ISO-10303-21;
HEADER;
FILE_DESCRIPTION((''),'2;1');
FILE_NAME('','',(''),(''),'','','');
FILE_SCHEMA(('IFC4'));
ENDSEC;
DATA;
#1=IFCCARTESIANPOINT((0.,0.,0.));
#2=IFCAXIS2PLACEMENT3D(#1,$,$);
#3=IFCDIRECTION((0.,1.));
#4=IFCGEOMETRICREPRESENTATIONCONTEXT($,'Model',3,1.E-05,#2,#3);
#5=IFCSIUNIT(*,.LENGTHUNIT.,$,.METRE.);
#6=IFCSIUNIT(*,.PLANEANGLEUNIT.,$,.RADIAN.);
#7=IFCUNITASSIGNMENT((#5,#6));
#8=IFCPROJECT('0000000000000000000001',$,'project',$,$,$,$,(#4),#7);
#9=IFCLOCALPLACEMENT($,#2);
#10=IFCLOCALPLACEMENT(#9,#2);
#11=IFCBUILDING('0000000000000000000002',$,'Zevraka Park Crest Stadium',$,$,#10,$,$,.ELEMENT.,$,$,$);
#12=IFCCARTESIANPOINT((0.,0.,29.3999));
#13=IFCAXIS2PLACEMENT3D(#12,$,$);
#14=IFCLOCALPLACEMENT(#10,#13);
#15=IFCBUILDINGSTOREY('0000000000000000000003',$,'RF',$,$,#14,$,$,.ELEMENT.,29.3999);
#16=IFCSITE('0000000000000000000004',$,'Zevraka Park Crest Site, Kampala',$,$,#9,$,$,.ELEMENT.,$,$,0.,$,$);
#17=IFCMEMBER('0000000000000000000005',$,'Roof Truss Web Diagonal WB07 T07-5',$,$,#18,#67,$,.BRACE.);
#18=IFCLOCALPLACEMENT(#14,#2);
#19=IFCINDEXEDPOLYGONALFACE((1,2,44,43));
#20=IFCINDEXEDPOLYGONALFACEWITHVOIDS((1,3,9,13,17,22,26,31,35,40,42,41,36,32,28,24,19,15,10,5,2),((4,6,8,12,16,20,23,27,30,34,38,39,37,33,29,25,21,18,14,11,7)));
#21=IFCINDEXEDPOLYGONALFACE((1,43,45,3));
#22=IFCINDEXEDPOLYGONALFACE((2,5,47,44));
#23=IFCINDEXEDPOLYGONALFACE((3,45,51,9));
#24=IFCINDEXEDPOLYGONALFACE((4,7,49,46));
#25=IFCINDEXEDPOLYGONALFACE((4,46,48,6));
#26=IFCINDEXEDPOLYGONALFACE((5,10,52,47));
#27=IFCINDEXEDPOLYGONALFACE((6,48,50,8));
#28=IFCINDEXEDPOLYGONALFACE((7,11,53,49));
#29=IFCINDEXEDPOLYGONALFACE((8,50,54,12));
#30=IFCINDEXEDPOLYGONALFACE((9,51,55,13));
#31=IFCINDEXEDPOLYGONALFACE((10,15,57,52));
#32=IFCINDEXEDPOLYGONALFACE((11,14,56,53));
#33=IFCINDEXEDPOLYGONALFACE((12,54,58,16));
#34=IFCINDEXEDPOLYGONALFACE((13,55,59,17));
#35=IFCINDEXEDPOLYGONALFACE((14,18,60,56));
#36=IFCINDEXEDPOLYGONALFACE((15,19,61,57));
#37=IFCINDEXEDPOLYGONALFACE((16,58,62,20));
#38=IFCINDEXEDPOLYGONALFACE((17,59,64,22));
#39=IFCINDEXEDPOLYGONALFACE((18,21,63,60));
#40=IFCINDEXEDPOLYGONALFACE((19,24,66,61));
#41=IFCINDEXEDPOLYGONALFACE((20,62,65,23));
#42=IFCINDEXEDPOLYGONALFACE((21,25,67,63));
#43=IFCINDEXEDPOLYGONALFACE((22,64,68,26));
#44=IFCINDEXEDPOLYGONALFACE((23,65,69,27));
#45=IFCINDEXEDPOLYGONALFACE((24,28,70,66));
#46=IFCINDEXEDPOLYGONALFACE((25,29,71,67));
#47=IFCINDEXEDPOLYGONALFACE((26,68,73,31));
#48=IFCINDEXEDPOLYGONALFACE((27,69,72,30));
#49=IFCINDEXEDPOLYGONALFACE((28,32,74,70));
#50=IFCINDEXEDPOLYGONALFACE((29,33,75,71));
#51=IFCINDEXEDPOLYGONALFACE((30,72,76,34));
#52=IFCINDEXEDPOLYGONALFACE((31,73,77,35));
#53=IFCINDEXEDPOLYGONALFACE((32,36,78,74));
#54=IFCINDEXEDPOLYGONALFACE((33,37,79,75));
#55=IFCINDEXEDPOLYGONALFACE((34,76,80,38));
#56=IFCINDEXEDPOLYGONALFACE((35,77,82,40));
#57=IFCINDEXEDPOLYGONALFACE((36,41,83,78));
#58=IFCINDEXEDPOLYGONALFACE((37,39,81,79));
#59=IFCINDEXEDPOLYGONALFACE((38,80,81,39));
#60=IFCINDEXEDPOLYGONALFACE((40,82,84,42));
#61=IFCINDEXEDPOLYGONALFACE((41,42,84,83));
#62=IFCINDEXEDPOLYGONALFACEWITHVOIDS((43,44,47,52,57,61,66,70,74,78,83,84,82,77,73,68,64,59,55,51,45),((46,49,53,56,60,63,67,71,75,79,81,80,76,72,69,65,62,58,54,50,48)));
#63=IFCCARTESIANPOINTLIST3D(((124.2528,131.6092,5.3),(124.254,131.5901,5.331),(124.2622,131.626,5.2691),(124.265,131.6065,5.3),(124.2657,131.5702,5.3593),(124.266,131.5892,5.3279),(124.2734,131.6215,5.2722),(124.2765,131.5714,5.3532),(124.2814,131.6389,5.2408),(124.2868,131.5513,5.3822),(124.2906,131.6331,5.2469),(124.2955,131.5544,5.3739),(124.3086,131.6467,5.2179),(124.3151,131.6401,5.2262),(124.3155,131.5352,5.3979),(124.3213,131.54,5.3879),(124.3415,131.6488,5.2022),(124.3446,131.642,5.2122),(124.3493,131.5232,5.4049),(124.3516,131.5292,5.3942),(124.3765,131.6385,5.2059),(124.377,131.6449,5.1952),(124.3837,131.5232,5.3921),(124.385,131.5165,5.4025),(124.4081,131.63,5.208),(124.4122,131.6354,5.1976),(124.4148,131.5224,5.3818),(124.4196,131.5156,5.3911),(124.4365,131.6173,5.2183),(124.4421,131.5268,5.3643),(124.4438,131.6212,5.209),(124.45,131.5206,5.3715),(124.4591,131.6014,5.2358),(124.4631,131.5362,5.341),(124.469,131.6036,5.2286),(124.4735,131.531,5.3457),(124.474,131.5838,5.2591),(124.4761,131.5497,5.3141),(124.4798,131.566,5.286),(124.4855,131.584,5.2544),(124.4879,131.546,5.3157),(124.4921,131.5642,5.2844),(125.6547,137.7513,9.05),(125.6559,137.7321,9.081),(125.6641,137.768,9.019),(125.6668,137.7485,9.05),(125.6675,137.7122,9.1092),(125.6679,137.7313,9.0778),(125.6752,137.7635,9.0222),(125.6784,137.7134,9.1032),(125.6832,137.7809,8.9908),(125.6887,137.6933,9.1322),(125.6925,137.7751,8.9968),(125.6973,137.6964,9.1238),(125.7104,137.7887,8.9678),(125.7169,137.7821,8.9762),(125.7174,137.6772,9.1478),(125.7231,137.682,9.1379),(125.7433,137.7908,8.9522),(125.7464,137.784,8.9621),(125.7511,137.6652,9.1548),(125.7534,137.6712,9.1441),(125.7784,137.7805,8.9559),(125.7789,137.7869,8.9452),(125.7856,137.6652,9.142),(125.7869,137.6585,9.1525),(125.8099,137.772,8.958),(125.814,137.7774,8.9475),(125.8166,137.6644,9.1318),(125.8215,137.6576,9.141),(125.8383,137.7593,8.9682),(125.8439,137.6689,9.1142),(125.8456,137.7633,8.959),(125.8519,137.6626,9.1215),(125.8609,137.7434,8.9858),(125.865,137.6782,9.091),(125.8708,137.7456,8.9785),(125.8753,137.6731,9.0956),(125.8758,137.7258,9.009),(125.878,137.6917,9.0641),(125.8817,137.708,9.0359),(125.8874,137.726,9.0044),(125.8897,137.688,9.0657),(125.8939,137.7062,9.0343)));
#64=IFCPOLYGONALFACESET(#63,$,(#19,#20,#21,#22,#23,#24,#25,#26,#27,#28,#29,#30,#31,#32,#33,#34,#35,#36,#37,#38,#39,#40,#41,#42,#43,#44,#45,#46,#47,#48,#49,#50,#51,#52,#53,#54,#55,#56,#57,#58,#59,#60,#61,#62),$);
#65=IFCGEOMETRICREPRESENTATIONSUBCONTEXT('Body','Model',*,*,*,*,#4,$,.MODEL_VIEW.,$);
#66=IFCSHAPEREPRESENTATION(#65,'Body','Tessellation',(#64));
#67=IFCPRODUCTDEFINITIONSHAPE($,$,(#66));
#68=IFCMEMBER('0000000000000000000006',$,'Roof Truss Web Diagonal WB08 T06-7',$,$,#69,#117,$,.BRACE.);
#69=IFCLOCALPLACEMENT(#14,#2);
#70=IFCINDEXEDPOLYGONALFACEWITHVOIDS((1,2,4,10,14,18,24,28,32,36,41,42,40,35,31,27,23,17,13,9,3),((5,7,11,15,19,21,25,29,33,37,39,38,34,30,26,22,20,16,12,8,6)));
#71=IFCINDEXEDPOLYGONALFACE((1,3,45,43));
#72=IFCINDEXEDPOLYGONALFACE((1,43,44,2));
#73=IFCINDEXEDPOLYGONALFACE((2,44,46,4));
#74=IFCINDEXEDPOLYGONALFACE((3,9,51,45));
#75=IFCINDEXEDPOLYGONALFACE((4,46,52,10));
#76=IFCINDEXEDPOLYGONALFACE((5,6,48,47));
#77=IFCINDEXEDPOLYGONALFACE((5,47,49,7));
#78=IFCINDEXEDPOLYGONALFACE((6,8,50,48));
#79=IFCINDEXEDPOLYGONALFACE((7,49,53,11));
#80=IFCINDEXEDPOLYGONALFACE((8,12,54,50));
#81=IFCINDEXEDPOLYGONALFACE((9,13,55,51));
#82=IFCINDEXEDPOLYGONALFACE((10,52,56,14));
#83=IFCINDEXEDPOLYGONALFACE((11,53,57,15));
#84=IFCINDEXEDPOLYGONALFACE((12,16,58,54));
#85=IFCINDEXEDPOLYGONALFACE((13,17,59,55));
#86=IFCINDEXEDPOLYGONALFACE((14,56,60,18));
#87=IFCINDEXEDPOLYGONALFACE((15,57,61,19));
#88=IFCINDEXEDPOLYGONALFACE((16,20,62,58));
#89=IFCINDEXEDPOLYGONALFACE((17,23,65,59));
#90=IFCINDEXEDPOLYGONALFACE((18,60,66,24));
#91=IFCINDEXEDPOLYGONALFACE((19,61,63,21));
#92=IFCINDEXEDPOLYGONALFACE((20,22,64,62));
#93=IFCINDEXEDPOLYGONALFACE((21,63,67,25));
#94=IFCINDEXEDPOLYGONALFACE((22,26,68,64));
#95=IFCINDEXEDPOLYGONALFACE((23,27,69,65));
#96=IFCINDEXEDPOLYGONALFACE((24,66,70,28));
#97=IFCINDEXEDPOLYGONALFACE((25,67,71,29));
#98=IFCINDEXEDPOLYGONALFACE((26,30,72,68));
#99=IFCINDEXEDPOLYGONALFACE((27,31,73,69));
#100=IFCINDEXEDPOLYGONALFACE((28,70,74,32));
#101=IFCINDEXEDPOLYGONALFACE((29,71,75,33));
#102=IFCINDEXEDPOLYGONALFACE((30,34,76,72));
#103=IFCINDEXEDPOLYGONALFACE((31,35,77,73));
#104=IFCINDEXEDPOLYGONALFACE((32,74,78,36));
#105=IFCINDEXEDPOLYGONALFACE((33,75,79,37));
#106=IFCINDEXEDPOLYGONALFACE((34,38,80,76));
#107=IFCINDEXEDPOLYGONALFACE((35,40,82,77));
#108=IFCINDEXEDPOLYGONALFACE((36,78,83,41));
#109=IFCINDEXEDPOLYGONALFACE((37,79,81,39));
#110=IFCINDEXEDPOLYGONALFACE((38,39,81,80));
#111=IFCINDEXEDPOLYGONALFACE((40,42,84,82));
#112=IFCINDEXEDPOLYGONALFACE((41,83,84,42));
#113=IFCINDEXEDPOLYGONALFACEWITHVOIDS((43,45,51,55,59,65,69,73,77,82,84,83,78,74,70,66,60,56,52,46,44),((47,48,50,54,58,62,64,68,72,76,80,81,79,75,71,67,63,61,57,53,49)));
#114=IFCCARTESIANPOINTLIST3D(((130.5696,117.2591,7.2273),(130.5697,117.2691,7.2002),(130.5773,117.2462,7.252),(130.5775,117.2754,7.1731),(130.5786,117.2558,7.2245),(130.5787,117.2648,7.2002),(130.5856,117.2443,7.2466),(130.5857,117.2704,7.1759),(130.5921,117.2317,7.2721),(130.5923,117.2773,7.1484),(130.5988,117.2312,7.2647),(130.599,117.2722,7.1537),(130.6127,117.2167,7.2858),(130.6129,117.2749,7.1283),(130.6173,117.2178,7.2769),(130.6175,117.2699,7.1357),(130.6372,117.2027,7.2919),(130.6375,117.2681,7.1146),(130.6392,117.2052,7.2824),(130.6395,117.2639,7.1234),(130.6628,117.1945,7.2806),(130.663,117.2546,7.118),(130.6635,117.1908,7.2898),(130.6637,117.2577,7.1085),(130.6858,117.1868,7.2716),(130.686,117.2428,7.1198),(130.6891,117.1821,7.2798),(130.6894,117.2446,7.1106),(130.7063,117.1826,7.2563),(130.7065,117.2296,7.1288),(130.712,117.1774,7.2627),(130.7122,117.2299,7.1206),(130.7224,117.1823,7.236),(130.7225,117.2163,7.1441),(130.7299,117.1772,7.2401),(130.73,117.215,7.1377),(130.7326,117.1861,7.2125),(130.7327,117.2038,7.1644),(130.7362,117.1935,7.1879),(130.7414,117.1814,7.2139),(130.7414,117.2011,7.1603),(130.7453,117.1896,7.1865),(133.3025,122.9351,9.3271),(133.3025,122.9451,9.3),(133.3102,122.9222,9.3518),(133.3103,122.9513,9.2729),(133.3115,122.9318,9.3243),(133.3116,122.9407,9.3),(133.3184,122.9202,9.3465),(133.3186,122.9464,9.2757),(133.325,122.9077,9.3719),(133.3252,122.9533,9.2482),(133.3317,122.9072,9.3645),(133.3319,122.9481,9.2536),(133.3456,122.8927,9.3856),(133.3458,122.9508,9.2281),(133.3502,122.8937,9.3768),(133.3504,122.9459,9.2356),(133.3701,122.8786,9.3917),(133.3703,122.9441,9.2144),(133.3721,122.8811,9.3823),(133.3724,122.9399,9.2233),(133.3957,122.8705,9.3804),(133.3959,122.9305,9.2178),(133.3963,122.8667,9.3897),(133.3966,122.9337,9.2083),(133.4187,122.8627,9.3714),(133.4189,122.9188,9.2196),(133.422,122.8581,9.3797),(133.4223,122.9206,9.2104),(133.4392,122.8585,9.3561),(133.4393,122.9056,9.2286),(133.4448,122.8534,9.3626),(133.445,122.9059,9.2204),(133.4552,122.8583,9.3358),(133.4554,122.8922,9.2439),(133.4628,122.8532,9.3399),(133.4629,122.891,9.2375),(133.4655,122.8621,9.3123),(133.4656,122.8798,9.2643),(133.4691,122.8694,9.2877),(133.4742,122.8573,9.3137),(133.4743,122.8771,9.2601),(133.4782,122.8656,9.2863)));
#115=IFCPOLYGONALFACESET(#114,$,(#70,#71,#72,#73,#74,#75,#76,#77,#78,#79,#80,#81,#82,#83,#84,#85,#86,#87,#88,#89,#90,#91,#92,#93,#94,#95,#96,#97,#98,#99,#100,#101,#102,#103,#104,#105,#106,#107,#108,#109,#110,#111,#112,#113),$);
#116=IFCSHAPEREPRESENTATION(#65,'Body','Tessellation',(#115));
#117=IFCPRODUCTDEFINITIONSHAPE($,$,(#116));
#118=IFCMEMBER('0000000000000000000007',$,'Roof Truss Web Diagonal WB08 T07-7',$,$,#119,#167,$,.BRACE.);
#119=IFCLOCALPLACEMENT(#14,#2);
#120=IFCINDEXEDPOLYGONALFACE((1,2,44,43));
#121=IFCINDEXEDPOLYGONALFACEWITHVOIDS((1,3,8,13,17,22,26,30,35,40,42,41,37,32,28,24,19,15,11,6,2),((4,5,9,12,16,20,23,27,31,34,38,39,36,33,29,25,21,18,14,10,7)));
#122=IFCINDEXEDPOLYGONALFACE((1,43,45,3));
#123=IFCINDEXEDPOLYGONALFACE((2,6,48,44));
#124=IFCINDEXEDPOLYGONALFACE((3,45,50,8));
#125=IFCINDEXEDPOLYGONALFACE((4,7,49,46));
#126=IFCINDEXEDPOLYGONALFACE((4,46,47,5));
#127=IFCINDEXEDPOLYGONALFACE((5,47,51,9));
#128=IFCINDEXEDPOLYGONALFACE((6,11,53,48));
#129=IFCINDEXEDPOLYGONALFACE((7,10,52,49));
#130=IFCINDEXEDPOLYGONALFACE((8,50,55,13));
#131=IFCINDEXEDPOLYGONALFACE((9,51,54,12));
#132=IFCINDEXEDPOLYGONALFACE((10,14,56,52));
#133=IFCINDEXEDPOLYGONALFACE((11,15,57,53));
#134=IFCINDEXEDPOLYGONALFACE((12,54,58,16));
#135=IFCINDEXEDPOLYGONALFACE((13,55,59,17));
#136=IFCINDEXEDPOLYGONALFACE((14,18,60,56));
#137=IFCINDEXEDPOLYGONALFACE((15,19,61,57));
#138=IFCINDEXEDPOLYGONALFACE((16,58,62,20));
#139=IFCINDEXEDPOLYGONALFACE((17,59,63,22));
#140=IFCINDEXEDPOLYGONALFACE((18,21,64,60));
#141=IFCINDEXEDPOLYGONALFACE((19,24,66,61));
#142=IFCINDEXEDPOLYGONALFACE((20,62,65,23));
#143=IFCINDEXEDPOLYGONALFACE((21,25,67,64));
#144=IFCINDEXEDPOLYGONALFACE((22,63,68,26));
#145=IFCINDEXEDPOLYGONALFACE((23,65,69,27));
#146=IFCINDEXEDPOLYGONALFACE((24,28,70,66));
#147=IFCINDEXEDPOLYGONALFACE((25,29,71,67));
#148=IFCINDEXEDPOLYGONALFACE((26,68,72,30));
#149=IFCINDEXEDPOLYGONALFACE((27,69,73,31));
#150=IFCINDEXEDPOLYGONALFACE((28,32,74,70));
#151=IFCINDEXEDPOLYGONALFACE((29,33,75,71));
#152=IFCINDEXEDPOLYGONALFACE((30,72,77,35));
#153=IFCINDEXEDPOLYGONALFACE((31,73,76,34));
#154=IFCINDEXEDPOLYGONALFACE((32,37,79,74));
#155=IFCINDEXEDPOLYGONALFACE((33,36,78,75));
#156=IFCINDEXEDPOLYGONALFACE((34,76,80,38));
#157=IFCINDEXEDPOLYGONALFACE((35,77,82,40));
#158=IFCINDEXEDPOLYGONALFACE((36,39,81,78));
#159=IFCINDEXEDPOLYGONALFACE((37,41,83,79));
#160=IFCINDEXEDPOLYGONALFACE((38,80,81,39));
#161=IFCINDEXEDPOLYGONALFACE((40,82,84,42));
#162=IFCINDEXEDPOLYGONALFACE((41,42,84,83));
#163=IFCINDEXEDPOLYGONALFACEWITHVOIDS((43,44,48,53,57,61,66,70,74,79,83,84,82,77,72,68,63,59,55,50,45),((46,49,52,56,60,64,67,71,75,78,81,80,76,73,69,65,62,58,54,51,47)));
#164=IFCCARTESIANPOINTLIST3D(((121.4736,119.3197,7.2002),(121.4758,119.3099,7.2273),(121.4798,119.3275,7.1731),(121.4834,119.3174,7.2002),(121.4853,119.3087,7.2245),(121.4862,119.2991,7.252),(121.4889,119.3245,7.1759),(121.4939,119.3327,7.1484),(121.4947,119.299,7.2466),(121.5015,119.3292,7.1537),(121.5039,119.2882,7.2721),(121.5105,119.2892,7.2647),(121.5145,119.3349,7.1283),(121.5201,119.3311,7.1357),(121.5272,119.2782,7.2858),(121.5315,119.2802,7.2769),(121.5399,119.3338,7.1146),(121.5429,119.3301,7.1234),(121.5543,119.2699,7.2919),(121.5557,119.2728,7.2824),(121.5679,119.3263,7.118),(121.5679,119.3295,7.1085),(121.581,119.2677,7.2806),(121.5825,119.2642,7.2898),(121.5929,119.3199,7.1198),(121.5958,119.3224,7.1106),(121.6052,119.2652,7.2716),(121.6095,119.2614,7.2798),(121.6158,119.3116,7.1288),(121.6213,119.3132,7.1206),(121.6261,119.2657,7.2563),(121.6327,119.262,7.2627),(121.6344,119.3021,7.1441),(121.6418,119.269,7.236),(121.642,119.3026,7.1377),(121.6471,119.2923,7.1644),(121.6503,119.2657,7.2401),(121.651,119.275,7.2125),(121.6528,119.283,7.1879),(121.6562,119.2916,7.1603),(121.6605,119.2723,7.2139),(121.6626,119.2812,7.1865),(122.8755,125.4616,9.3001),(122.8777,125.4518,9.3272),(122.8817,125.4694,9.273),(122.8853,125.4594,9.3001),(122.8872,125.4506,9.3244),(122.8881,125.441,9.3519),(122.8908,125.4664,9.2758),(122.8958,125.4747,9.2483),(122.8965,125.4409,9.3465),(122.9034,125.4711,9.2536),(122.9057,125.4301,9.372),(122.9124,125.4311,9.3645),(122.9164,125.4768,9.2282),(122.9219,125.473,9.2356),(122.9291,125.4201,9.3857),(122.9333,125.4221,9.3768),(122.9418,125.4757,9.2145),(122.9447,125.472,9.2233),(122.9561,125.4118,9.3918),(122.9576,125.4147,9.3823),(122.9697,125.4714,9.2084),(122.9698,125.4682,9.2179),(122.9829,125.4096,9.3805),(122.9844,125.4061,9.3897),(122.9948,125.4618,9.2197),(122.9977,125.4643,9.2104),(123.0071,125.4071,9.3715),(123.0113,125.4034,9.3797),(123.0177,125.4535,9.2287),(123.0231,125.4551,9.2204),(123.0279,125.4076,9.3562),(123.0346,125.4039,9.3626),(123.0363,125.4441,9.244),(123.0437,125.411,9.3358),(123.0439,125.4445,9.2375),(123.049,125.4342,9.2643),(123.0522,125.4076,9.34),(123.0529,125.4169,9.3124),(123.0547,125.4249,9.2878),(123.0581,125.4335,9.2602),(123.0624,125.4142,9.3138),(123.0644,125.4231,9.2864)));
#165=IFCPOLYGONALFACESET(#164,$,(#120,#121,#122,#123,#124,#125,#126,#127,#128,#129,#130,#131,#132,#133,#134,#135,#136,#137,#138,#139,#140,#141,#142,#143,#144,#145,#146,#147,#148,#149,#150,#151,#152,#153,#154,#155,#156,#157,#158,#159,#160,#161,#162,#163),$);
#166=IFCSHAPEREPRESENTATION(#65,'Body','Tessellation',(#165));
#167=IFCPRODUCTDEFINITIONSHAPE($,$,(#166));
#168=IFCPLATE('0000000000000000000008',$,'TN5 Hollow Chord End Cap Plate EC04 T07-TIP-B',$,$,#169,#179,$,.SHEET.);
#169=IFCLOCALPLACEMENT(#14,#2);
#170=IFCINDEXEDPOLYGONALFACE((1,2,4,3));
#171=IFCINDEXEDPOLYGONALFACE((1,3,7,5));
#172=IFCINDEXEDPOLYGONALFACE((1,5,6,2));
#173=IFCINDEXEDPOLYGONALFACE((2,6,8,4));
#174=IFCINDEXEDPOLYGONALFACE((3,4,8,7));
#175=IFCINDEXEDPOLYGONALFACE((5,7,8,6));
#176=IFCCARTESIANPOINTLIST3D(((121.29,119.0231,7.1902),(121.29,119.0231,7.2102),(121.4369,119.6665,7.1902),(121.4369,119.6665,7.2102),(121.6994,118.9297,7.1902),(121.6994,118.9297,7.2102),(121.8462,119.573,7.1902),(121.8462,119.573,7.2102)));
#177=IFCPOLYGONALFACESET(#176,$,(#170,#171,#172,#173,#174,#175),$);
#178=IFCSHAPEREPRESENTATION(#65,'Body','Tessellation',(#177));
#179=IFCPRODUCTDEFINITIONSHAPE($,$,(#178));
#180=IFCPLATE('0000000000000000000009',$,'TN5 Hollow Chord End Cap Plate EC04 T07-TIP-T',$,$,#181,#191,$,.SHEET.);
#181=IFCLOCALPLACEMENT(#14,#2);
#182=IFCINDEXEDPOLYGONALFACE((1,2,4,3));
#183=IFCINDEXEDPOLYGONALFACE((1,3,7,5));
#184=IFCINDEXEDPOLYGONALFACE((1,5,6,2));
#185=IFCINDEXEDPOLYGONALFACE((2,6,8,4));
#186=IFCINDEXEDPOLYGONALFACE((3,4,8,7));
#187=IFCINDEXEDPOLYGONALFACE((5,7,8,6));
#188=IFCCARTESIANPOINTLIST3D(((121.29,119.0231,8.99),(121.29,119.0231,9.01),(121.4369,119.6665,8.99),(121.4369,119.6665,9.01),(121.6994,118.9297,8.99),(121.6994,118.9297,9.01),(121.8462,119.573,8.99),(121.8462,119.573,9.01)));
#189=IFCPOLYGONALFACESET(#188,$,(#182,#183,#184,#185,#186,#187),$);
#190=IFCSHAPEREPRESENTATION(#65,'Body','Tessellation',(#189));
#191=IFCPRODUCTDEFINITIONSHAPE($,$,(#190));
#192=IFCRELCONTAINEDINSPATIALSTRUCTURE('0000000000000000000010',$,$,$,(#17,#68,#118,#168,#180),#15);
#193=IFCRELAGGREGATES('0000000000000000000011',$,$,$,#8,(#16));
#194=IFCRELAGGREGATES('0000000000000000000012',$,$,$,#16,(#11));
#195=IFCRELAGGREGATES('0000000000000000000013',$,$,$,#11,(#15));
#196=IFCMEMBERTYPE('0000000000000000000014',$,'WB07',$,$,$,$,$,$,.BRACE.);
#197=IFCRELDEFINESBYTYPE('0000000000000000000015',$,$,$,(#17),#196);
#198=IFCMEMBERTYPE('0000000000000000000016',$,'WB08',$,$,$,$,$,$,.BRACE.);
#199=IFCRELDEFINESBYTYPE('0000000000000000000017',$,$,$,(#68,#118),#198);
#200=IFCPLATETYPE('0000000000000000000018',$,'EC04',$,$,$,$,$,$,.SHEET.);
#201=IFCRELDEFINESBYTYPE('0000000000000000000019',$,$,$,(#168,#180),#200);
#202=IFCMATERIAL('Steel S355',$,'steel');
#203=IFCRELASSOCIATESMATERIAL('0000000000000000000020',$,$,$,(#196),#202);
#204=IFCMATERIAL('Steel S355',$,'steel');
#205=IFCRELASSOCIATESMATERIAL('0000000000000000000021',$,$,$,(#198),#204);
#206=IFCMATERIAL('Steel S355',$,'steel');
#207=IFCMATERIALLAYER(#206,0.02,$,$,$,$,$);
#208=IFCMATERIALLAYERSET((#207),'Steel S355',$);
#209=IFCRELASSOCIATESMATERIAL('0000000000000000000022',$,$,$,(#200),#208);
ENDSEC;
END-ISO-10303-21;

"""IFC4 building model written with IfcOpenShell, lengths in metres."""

from ifc_helpers import new_model, si_unit, direction, frame, origin, origin_2d, place, context, subcontext, project, spatial, rectangle, hollow_circle, extrude, material, layer, layer_set, material_profile, profile_set, type_object, element, save


model = new_model("IFC4")

# Units and contexts
model_context = context("Model", 3, precision=1e-05, world=origin(), true_north=direction((0.0, 1.0)))
body_context = subcontext(model_context, "Body", "Model", "MODEL_VIEW")
ifc_project = project(units=[si_unit("LENGTHUNIT", "METRE"), si_unit("PLANEANGLEUNIT", "RADIAN")], contexts=[model_context])

# Site, building, storey
site_placement = place(None, origin())
site = spatial("IfcSite", under=ifc_project, at=site_placement, Name="Zevraka Park Crest Site, Kampala", CompositionType="ELEMENT", RefElevation=0.0)
building_placement = place(site_placement, origin())
building = spatial("IfcBuilding", under=site, at=building_placement, Name="Zevraka Park Crest Stadium", CompositionType="ELEMENT")
storey_placement = place(building_placement, frame((0.0, 0.0, 29.3999)))
storey = spatial("IfcBuildingStorey", under=building, at=storey_placement, Name="RF", CompositionType="ELEMENT", Elevation=29.3999)

# Members
ifc_material_1 = material(Name="Steel S355", Category="steel")
ifc_material_profile_1 = material_profile(ifc_material_1, hollow_circle(Radius=0.1223, WallThickness=0.0125, at=origin_2d()), Name="CHS 244.5x12.5")
ifc_profile_set_1 = profile_set([ifc_material_profile_1], Name="Steel S355")
member_type_1 = type_object("IfcMemberType", Name="WB07", PredefinedType="BRACE", material=ifc_profile_set_1)
member_1_placement = place(storey_placement, frame((124.3721, 131.582, 5.3), z_axis=(0.191206, 0.837751, 0.511482), x_axis=(-0.974929, 0.222515, 0.0)))
element("IfcMember", 1, at=member_1_placement, inside=storey, type_object=member_type_1, Name="Roof Truss Web Diagonal WB07 T07-5", PredefinedType="BRACE", context=body_context, shape_type="SweptSolid", body=[
    extrude(hollow_circle(Radius=0.1223, WallThickness=0.0125, at=origin_2d()), origin(), (0.0, 0.0, 1.0), 7.3315),
])
ifc_material_2 = material(Name="Steel S355", Category="steel")
ifc_material_profile_2 = material_profile(ifc_material_2, hollow_circle(Radius=0.0969, WallThickness=0.01, at=origin_2d()), Name="CHS 193.7x10")
ifc_profile_set_2 = profile_set([ifc_material_profile_2], Name="Steel S355")
member_type_2 = type_object("IfcMemberType", Name="WB08", PredefinedType="BRACE", material=ifc_profile_set_2)
member_2_placement = place(storey_placement, frame((130.657, 117.2271, 7.2002), z_axis=(0.411556, 0.854766, 0.316222), x_axis=(-0.901001, 0.433817, 0.0)))
element("IfcMember", 2, at=member_2_placement, inside=storey, type_object=member_type_2, Name="Roof Truss Web Diagonal WB08 T06-7", PredefinedType="BRACE", context=body_context, shape_type="SweptSolid", body=[
    extrude(hollow_circle(Radius=0.0969, WallThickness=0.01, at=origin_2d()), origin(), (0.0, 0.0, 1.0), 6.6404),
])
member_3_placement = place(storey_placement, frame((121.5681, 119.2981, 7.2002), z_axis=(0.211105, 0.924901, 0.316217), x_axis=(-0.974927, 0.222524, 0.0)))
element("IfcMember", 3, at=member_3_placement, inside=storey, type_object=member_type_2, Name="Roof Truss Web Diagonal WB08 T07-7", PredefinedType="BRACE", context=body_context, shape_type="SweptSolid", body=[
    extrude(hollow_circle(Radius=0.0969, WallThickness=0.01, at=origin_2d()), origin(), (0.0, 0.0, 1.0), 6.6406),
])

# Plates
ifc_material_3 = material(Name="Steel S355", Category="steel")
ifc_layer_1 = layer(ifc_material_3, 0.02)
ifc_layer_set_1 = layer_set([ifc_layer_1], Name="Steel S355")
plate_type_1 = type_object("IfcPlateType", Name="EC04", PredefinedType="SHEET", material=ifc_layer_set_1)
for number, where, z_axis, x_axis, name in (
    (4, (121.5681, 119.2981, 7.1902), (0.0, 0.0, 1.0), (0.22257, 0.974917, 0.0), "TN5 Hollow Chord End Cap Plate EC04 T07-TIP-B"),
    (5, (121.5681, 119.2981, 8.99), (0.0, 0.0, 1.0), (0.22257, 0.974917, 0.0), "TN5 Hollow Chord End Cap Plate EC04 T07-TIP-T"),
):
    element("IfcPlate", number, at=place(storey_placement, frame(where, z_axis=z_axis, x_axis=x_axis)), inside=storey, type_object=plate_type_1, Name=name, PredefinedType="SHEET", context=body_context, shape_type="SweptSolid", body=[
        extrude(rectangle(XDim=0.6599, YDim=0.4199, at=origin_2d()), origin(), (0.0, 0.0, 1.0), 0.02),
    ])

save(model, "model.ifc")
